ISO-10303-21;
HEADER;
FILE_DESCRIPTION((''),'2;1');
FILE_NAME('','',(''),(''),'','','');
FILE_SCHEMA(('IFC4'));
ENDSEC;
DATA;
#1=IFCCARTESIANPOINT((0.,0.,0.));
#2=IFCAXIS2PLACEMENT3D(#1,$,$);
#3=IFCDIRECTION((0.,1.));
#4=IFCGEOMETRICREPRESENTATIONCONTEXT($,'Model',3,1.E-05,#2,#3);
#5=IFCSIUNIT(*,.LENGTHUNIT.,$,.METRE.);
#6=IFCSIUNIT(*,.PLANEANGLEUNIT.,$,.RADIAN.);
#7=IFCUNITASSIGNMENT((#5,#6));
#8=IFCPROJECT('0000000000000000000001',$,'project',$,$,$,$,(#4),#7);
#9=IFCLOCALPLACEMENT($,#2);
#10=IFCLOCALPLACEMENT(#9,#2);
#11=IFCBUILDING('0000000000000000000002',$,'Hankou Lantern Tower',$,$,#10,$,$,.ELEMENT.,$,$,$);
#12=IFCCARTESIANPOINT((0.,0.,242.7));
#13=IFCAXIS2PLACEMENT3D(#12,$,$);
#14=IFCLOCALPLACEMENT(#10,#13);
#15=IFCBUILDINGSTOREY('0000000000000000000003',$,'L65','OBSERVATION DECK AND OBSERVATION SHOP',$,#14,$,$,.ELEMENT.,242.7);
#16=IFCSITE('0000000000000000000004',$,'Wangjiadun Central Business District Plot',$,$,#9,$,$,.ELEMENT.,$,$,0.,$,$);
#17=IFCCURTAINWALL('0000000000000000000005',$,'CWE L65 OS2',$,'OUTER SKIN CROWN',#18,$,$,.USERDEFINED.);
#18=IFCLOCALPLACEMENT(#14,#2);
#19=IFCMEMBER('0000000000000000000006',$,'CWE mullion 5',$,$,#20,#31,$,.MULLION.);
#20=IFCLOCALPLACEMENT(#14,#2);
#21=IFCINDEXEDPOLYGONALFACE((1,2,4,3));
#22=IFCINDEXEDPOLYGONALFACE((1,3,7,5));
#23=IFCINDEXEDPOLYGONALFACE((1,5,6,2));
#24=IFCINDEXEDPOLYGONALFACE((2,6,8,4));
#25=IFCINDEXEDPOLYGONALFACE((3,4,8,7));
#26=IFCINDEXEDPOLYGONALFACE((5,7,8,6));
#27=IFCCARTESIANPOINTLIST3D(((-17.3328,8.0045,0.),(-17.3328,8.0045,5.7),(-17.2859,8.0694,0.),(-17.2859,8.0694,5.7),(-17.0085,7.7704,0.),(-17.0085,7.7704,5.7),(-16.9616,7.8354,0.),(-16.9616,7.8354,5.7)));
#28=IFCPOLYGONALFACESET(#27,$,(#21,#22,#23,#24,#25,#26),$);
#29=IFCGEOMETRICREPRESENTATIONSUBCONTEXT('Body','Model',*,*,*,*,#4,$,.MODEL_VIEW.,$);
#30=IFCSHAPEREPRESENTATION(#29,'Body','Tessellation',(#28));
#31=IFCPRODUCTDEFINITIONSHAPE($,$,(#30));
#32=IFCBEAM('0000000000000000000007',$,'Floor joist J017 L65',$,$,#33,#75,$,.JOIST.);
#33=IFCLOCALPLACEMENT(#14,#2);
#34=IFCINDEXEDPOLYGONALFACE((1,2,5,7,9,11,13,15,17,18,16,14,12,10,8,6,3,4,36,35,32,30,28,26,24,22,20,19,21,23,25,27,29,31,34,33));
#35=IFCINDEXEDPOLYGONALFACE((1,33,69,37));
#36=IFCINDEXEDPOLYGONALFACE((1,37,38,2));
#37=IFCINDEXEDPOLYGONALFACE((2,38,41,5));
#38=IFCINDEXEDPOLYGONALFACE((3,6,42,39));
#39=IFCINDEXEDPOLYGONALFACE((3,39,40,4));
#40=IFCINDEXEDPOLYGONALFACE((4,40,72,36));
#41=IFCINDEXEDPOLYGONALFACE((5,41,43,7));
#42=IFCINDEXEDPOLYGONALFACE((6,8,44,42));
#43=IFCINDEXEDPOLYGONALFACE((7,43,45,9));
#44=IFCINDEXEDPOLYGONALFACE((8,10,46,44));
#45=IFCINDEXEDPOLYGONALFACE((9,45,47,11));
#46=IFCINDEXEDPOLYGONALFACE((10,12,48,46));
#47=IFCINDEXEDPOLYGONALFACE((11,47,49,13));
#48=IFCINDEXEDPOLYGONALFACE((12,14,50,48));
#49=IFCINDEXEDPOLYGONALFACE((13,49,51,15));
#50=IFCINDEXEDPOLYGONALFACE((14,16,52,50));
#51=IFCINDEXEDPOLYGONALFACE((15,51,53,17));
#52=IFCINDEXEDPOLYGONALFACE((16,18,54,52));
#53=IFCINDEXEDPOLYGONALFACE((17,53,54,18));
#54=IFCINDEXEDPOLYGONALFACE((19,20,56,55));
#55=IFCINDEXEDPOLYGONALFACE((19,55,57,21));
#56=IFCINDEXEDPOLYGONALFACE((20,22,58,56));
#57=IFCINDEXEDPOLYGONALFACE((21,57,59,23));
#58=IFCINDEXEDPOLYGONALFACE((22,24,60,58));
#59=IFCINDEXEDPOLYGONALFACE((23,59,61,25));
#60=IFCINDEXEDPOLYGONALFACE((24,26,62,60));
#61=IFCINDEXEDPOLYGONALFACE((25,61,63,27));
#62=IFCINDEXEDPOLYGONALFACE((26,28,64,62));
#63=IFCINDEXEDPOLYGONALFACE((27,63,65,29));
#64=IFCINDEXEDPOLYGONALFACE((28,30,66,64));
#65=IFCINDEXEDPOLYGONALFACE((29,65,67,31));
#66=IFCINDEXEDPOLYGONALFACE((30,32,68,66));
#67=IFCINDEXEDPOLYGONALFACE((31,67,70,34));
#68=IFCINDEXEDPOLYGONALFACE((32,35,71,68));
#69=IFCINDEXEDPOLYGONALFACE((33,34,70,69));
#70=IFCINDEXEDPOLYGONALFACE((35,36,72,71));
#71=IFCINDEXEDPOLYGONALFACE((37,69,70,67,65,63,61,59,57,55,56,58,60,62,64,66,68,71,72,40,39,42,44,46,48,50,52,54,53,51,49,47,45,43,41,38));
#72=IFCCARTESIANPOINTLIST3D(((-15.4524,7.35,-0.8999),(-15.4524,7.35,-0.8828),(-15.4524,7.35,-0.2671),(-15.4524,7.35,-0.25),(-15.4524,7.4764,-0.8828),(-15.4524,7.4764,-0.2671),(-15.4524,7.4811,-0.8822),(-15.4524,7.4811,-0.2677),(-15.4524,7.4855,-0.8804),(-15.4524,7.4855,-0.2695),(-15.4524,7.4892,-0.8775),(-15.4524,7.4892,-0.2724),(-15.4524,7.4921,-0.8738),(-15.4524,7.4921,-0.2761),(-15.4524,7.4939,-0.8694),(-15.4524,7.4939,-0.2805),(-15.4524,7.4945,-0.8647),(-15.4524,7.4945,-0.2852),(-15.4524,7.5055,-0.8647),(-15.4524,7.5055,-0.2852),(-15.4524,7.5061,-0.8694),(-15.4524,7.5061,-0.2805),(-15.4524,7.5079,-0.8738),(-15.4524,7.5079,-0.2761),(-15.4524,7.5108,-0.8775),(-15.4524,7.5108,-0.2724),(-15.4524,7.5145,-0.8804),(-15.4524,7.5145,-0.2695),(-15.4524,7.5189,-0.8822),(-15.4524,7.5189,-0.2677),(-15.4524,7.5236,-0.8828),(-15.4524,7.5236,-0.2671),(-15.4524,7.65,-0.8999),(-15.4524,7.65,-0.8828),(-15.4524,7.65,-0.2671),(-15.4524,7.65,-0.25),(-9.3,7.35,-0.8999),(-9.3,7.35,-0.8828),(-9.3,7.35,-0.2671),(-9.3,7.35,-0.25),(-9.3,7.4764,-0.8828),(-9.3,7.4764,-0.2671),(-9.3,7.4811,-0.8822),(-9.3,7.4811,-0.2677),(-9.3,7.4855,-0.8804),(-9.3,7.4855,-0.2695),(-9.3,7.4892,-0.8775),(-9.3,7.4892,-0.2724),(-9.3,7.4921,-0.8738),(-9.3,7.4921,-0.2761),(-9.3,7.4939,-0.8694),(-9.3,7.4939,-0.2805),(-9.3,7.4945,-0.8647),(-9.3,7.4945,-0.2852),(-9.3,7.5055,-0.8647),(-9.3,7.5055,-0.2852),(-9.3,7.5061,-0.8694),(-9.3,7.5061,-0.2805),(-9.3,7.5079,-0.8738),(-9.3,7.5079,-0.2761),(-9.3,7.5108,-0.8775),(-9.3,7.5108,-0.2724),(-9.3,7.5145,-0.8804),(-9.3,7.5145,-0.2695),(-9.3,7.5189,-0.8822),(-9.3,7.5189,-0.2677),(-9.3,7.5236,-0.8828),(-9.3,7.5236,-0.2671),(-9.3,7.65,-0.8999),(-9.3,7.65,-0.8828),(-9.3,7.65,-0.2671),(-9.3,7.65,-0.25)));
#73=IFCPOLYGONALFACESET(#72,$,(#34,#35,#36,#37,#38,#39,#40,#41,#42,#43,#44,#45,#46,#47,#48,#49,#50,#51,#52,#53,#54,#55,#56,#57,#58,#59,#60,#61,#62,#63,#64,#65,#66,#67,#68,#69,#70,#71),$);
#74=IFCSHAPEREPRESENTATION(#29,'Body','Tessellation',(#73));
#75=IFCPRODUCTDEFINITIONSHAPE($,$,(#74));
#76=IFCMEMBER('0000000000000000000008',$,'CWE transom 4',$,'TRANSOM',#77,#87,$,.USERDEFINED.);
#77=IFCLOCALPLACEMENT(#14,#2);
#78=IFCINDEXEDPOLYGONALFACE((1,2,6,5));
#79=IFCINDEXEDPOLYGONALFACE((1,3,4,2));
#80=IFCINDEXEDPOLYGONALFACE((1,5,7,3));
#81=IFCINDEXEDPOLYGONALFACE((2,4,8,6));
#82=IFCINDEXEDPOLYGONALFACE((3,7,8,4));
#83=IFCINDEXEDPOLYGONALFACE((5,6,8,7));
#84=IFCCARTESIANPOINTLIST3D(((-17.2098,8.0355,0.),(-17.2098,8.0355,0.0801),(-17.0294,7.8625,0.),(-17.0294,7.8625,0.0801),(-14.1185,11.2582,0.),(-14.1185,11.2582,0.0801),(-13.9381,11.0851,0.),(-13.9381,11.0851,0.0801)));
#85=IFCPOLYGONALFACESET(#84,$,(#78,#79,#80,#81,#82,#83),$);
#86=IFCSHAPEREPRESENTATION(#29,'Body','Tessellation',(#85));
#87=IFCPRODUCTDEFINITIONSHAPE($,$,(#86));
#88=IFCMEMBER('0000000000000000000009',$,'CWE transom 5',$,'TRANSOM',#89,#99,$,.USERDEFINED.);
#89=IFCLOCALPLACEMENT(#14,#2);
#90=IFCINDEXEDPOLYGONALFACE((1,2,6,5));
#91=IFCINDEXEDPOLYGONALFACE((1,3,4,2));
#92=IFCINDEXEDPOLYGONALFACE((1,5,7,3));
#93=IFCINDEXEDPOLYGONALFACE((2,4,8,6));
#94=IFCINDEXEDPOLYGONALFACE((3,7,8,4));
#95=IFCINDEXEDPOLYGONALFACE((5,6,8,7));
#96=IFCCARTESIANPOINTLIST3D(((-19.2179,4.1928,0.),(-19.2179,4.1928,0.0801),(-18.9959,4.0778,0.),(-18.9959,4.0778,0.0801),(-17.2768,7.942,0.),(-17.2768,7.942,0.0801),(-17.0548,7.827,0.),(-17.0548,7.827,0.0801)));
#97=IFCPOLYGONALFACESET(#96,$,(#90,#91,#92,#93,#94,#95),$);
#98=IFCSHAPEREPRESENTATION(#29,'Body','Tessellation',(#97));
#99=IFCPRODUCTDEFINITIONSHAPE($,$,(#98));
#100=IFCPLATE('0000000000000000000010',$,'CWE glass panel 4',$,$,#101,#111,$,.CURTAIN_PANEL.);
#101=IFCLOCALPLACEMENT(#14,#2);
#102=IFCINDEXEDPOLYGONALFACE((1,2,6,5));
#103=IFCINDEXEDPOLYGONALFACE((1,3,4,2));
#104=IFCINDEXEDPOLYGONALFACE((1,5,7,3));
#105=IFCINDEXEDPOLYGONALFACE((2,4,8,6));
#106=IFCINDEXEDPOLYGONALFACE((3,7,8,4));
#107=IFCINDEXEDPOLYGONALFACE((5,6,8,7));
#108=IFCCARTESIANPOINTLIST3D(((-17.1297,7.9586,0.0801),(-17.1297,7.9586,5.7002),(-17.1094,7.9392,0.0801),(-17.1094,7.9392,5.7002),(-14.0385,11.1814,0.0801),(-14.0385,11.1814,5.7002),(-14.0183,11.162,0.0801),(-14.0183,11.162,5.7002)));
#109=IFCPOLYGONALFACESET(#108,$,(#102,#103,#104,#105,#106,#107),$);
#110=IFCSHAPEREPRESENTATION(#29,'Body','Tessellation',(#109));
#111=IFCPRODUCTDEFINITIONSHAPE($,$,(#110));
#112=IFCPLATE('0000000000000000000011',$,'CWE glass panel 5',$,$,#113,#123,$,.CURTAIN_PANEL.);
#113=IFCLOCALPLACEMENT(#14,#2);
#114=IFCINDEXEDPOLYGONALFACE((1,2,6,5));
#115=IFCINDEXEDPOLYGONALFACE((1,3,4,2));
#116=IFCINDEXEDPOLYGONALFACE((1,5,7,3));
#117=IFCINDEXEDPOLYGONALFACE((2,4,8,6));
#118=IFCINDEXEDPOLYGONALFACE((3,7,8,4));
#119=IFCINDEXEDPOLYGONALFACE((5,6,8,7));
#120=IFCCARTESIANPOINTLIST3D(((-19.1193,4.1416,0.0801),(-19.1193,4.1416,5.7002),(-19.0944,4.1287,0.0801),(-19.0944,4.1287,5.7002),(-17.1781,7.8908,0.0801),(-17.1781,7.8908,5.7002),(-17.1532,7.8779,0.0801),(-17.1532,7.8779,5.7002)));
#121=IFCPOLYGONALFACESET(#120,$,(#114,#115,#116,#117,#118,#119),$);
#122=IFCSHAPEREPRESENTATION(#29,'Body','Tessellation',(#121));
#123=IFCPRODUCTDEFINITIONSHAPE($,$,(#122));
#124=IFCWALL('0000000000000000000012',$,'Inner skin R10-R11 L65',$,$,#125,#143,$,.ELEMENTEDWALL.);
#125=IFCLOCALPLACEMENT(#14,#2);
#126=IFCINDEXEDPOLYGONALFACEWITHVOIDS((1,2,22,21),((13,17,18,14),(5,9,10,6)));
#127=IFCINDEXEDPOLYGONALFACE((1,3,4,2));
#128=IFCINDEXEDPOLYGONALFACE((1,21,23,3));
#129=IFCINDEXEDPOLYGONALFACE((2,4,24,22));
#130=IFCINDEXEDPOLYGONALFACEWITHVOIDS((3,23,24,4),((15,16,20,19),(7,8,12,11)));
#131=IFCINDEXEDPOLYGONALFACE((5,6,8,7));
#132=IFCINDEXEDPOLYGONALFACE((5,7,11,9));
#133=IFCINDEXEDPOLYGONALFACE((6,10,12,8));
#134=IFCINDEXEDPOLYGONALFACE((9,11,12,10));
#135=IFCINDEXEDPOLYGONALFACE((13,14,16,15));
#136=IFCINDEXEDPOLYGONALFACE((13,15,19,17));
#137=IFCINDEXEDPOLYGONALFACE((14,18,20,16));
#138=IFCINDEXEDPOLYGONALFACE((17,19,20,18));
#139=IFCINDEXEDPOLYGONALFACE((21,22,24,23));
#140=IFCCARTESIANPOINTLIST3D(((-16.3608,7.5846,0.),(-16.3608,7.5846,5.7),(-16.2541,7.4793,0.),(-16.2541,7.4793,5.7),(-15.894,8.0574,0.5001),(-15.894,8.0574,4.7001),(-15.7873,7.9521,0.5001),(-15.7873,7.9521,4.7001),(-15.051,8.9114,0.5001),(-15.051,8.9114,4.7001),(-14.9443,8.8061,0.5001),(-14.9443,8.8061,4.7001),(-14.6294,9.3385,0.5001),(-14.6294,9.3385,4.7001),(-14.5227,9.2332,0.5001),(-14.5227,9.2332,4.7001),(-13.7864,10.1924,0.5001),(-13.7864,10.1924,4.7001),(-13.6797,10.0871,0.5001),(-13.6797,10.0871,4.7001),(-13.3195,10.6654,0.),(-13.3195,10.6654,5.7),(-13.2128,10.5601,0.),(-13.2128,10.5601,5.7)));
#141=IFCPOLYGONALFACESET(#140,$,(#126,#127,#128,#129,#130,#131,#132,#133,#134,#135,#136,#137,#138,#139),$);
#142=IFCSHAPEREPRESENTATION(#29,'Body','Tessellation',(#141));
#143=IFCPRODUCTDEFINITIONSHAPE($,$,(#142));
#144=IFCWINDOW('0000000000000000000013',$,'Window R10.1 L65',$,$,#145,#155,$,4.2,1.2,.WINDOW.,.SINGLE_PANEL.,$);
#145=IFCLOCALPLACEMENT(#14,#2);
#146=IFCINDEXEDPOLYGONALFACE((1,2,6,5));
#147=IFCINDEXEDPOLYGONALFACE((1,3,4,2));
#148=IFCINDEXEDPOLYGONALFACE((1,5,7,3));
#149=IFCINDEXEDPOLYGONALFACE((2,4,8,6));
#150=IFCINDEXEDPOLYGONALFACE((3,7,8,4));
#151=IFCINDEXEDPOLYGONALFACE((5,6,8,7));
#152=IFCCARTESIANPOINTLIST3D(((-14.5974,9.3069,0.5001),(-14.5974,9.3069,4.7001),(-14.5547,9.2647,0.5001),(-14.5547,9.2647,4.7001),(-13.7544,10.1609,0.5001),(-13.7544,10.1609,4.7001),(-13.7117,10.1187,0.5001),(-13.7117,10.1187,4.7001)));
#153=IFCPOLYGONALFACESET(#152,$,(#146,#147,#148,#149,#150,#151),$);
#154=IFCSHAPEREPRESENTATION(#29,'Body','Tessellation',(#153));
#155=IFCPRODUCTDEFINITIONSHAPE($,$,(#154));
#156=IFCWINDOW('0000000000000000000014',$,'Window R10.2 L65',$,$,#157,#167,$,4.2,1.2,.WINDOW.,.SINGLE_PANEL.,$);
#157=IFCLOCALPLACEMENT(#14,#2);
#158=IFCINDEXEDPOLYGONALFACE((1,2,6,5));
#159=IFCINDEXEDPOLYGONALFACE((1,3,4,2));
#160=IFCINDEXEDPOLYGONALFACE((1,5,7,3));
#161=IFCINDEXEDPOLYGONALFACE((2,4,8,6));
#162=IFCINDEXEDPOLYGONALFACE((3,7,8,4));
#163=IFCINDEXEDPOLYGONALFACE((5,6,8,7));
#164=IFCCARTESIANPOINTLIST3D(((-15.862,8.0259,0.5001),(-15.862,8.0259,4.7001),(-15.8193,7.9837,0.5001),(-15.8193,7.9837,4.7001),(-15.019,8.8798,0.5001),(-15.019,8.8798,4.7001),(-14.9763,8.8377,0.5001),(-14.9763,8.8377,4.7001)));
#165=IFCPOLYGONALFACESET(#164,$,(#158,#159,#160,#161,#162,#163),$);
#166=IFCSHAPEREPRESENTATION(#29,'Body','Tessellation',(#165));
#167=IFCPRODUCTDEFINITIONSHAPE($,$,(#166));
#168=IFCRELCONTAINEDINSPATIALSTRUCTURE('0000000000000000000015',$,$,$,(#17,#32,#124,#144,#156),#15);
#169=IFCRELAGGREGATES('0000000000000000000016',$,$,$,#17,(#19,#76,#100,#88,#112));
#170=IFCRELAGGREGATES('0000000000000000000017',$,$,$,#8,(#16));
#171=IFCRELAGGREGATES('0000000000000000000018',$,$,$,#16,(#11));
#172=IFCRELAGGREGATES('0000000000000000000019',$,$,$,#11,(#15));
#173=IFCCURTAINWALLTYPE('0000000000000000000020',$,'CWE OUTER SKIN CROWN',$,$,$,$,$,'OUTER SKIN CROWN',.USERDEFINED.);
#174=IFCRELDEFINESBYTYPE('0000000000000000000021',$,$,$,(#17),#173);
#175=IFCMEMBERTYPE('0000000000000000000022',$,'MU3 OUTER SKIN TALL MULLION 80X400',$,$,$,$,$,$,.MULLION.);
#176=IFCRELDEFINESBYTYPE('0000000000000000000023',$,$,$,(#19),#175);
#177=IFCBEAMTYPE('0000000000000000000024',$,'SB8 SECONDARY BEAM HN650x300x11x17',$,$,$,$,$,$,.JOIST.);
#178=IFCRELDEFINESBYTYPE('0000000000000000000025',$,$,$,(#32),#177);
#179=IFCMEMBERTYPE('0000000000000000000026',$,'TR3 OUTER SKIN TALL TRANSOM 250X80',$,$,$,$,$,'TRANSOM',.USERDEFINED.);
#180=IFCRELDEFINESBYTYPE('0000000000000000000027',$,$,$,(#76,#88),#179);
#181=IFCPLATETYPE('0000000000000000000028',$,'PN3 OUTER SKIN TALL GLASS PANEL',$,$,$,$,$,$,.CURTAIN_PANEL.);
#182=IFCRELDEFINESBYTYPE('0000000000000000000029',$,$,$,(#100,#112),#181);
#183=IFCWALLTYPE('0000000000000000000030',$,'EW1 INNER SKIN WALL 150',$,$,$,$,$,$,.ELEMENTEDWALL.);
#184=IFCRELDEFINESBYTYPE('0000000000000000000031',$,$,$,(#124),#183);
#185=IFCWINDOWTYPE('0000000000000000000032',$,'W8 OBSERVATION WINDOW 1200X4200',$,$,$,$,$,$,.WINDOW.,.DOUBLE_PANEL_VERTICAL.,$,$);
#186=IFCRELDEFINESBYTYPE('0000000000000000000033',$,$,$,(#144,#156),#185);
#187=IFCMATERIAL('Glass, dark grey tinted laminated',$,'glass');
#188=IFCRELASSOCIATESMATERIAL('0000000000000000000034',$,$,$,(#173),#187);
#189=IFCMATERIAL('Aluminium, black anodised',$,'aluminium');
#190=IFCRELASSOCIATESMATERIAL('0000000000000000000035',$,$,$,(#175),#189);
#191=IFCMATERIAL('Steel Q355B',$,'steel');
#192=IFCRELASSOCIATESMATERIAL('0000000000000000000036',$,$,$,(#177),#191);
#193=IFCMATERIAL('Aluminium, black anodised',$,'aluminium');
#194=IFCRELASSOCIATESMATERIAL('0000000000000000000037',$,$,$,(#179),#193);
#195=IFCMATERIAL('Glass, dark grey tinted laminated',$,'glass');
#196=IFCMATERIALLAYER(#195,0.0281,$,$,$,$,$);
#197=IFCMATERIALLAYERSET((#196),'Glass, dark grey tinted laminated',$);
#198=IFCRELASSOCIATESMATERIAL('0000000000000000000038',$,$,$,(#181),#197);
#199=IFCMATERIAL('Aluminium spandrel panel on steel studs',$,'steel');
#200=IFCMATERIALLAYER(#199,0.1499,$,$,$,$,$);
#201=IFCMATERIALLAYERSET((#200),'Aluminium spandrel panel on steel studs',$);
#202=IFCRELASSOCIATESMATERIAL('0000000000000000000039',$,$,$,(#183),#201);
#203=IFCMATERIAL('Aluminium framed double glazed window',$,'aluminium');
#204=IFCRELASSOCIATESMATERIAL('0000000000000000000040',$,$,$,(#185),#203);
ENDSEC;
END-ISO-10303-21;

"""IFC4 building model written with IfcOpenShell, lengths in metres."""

from ifc_helpers import new_model, si_unit, direction, frame, frame_2d, origin, origin_2d, place, context, subcontext, project, spatial, rectangle, i_section, extrude, material, layer, layer_set, material_profile, profile_set, type_object, element, fill, aggregate, save


model = new_model("IFC4")

# Units and contexts
model_context = context("Model", 3, precision=1e-05, world=origin(), true_north=direction((0.0, 1.0)))
body_context = subcontext(model_context, "Body", "Model", "MODEL_VIEW")
ifc_project = project(units=[si_unit("LENGTHUNIT", "METRE"), si_unit("PLANEANGLEUNIT", "RADIAN")], contexts=[model_context])

# Site, building, storey
site_placement = place(None, origin())
site = spatial("IfcSite", under=ifc_project, at=site_placement, Name="Wangjiadun Central Business District Plot", CompositionType="ELEMENT", RefElevation=0.0)
building_placement = place(site_placement, origin())
building = spatial("IfcBuilding", under=site, at=building_placement, Name="Hankou Lantern Tower", CompositionType="ELEMENT")
storey_placement = place(building_placement, frame((0.0, 0.0, 242.7)))
storey = spatial("IfcBuildingStorey", under=building, at=storey_placement, Name="L65", Description="OBSERVATION DECK AND OBSERVATION SHOP", CompositionType="ELEMENT", Elevation=242.7)

# Curtain wall, member
ifc_material_1 = material(Name="Glass, dark grey tinted laminated", Category="glass")
curtain_wall_type = type_object("IfcCurtainWallType", Name="CWE OUTER SKIN CROWN", ElementType="OUTER SKIN CROWN", PredefinedType="USERDEFINED", material=ifc_material_1)
curtain_wall_placement = place(storey_placement, origin())
curtain_wall = element("IfcCurtainWall", 1, at=curtain_wall_placement, inside=storey, type_object=curtain_wall_type, Name="CWE L65 OS2", ObjectType="OUTER SKIN CROWN", PredefinedType="USERDEFINED")
ifc_material_2 = material(Name="Aluminium, black anodised", Category="aluminium")
ifc_material_profile_1 = material_profile(ifc_material_2, rectangle(XDim=0.0801, YDim=0.3999, at=origin_2d()), Name="MU3 80X400")
ifc_profile_set_1 = profile_set([ifc_material_profile_1], Name="Aluminium, black anodised")
member_type_1 = type_object("IfcMemberType", Name="MU3 OUTER SKIN TALL MULLION 80X400", PredefinedType="MULLION", material=ifc_profile_set_1)
member_1_placement = place(storey_placement, frame((-17.1472, 7.9199, 0.0), z_axis=(0.0, 0.0, 1.0), x_axis=(-0.585206, -0.810885, 0.0)))
member_1 = element("IfcMember", 2, at=member_1_placement, type_object=member_type_1, Name="CWE mullion 5", PredefinedType="MULLION", context=body_context, shape_type="SweptSolid", body=[
    extrude(rectangle(XDim=0.0801, YDim=0.3999, at=origin_2d()), origin(), (0.0, 0.0, 1.0), 5.7),
])

# Beam
ifc_material_3 = material(Name="Steel Q355B", Category="steel")
ifc_material_profile_2 = material_profile(ifc_material_3, i_section(OverallWidth=0.3, OverallDepth=0.6499, WebThickness=0.011, FlangeThickness=0.0171, FilletRadius=0.0181, at=origin_2d()), Name="HN650x300x11x17")
ifc_profile_set_2 = profile_set([ifc_material_profile_2], Name="Steel Q355B")
beam_type_1 = type_object("IfcBeamType", Name="SB8 SECONDARY BEAM HN650x300x11x17", PredefinedType="JOIST", material=ifc_profile_set_2)
beam_1_placement = place(storey_placement, frame((-15.4524, 7.5, -0.575), z_axis=(1.0, 0.0, 0.0), x_axis=(0.0, 1.0, 0.0)))
element("IfcBeam", 3, at=beam_1_placement, inside=storey, type_object=beam_type_1, Name="Floor joist J017 L65", PredefinedType="JOIST", context=body_context, shape_type="SweptSolid", body=[
    extrude(i_section(OverallWidth=0.3, OverallDepth=0.6499, WebThickness=0.011, FlangeThickness=0.0171, FilletRadius=0.0181, at=origin_2d()), origin(), (0.0, 0.0, 1.0), 6.1523),
])

# Members
ifc_material_4 = material(Name="Aluminium, black anodised", Category="aluminium")
ifc_material_profile_3 = material_profile(ifc_material_4, rectangle(XDim=0.25, YDim=0.0801, at=origin_2d()), Name="TR3 250X80")
ifc_profile_set_3 = profile_set([ifc_material_profile_3], Name="Aluminium, black anodised")
member_type_2 = type_object("IfcMemberType", Name="TR3 OUTER SKIN TALL TRANSOM 250X80", ElementType="TRANSOM", PredefinedType="USERDEFINED", material=ifc_profile_set_3)
member_2_placement = place(storey_placement, frame((-14.0283, 11.1716, 0.04), z_axis=(-0.692247, -0.72166, 0.0), x_axis=(0.72166, -0.692247, 0.0)))
member_2 = element("IfcMember", 4, at=member_2_placement, type_object=member_type_2, Name="CWE transom 4", ObjectType="TRANSOM", PredefinedType="USERDEFINED", context=body_context, shape_type="SweptSolid", body=[
    extrude(rectangle(XDim=0.25, YDim=0.0801, at=origin_2d()), origin(), (0.0, 0.0, 1.0), 4.4656),
])
member_3_placement = place(storey_placement, frame((-17.1658, 7.8845, 0.04), z_axis=(-0.459775, -0.888035, 0.0), x_axis=(0.888035, -0.459775, 0.0)))
member_3 = element("IfcMember", 5, at=member_3_placement, type_object=member_type_2, Name="CWE transom 5", ObjectType="TRANSOM", PredefinedType="USERDEFINED", context=body_context, shape_type="SweptSolid", body=[
    extrude(rectangle(XDim=0.25, YDim=0.0801, at=origin_2d()), origin(), (0.0, 0.0, 1.0), 4.2219),
])

# Plates
ifc_material_5 = material(Name="Glass, dark grey tinted laminated", Category="glass")
ifc_layer_1 = layer(ifc_material_5, 0.0281)
ifc_layer_set_1 = layer_set([ifc_layer_1], Name="Glass, dark grey tinted laminated")
plate_type = type_object("IfcPlateType", Name="PN3 OUTER SKIN TALL GLASS PANEL", PredefinedType="CURTAIN_PANEL", material=ifc_layer_set_1)
plate_1_placement = place(storey_placement, frame((-15.574, 9.5603, 0.0801), z_axis=(0.0, 0.0, 1.0), x_axis=(-0.692216, -0.721691, 0.0)))
plate_1 = element("IfcPlate", 6, at=plate_1_placement, type_object=plate_type, Name="CWE glass panel 4", PredefinedType="CURTAIN_PANEL", context=body_context, shape_type="SweptSolid", body=[
    extrude(rectangle(XDim=4.4656, YDim=0.0281, at=origin_2d()), origin(), (0.0, 0.0, 1.0), 5.6201),
])
plate_2_placement = place(storey_placement, frame((-18.1362, 6.0098, 0.0801), z_axis=(0.0, 0.0, 1.0), x_axis=(-0.459791, -0.888027, 0.0)))
plate_2 = element("IfcPlate", 7, at=plate_2_placement, type_object=plate_type, Name="CWE glass panel 5", PredefinedType="CURTAIN_PANEL", context=body_context, shape_type="SweptSolid", body=[
    extrude(rectangle(XDim=4.2219, YDim=0.0281, at=origin_2d()), origin(), (0.0, 0.0, 1.0), 5.6201),
])
aggregate(curtain_wall, [member_1, member_2, plate_1, member_3, plate_2])

# Wall, openings, windows
ifc_material_6 = material(Name="Aluminium spandrel panel on steel studs", Category="steel")
ifc_layer_2 = layer(ifc_material_6, 0.1499)
ifc_layer_set_2 = layer_set([ifc_layer_2], Name="Aluminium spandrel panel on steel studs")
wall_type = type_object("IfcWallType", Name="EW1 INNER SKIN WALL 150", PredefinedType="ELEMENTEDWALL", material=ifc_layer_set_2)
wall_1_placement = place(storey_placement, frame((-13.2661, 10.6128, 0.0), z_axis=(0.0, 0.0, 1.0), x_axis=(-0.702524, -0.71166, 0.0)))
wall_1 = element("IfcWall", 8, at=wall_1_placement, inside=storey, type_object=wall_type, Name="Inner skin R10-R11 L65", PredefinedType="ELEMENTEDWALL", context=body_context, shape_type="SweptSolid", body=[
    extrude(rectangle(XDim=4.3291, YDim=0.1499, at=frame_2d((2.1646, 0.0))), origin(), (0.0, 0.0, 1.0), 5.7),
])
opening_1_placement = place(wall_1_placement, frame((0.6646, 0.0, 0.5)))
opening_1 = element("IfcOpeningElement", 9, at=opening_1_placement, cuts=wall_1, PredefinedType="OPENING", context=body_context, shape_type="SweptSolid", body=[
    extrude(rectangle(XDim=1.2, YDim=4.2, at=frame_2d((0.6001, 2.1001))), frame((0.0, 0.085, 0.0), z_axis=(0.0, -1.0, 0.0), x_axis=(1.0, 0.0, 0.0)), (0.0, 0.0, 1.0), 0.1699),
])
opening_2_placement = place(wall_1_placement, frame((2.4646, 0.0, 0.5)))
opening_2 = element("IfcOpeningElement", 10, at=opening_2_placement, cuts=wall_1, PredefinedType="OPENING", context=body_context, shape_type="SweptSolid", body=[
    extrude(rectangle(XDim=1.2, YDim=4.2, at=frame_2d((0.6001, 2.1001))), frame((0.0, 0.085, 0.0), z_axis=(0.0, -1.0, 0.0), x_axis=(1.0, 0.0, 0.0)), (0.0, 0.0, 1.0), 0.1699),
])
ifc_material_7 = material(Name="Aluminium framed double glazed window", Category="aluminium")
window_type = type_object("IfcWindowType", Name="W8 OBSERVATION WINDOW 1200X4200", PartitioningType="DOUBLE_PANEL_VERTICAL", PredefinedType="WINDOW", material=ifc_material_7)
window_1_placement = place(opening_1_placement, origin())
window_1 = element("IfcWindow", 11, at=window_1_placement, inside=storey, type_object=window_type, Name="Window R10.1 L65", OverallHeight=4.2, OverallWidth=1.2, PartitioningType="SINGLE_PANEL", PredefinedType="WINDOW", context=body_context, shape_type="SweptSolid", body=[
    extrude(rectangle(XDim=1.2, YDim=4.2, at=frame_2d((0.6001, 2.1001))), frame((0.0, 0.03, 0.0), z_axis=(0.0, -1.0, 0.0), x_axis=(1.0, 0.0, 0.0)), (0.0, 0.0, 1.0), 0.0601),
])
fill(opening_1, window_1)
window_2_placement = place(opening_2_placement, origin())
window_2 = element("IfcWindow", 12, at=window_2_placement, inside=storey, type_object=window_type, Name="Window R10.2 L65", OverallHeight=4.2, OverallWidth=1.2, PartitioningType="SINGLE_PANEL", PredefinedType="WINDOW", context=body_context, shape_type="SweptSolid", body=[
    extrude(rectangle(XDim=1.2, YDim=4.2, at=frame_2d((0.6001, 2.1001))), frame((0.0, 0.03, 0.0), z_axis=(0.0, -1.0, 0.0), x_axis=(1.0, 0.0, 0.0)), (0.0, 0.0, 1.0), 0.0601),
])
fill(opening_2, window_2)

save(model, "model.ifc")
